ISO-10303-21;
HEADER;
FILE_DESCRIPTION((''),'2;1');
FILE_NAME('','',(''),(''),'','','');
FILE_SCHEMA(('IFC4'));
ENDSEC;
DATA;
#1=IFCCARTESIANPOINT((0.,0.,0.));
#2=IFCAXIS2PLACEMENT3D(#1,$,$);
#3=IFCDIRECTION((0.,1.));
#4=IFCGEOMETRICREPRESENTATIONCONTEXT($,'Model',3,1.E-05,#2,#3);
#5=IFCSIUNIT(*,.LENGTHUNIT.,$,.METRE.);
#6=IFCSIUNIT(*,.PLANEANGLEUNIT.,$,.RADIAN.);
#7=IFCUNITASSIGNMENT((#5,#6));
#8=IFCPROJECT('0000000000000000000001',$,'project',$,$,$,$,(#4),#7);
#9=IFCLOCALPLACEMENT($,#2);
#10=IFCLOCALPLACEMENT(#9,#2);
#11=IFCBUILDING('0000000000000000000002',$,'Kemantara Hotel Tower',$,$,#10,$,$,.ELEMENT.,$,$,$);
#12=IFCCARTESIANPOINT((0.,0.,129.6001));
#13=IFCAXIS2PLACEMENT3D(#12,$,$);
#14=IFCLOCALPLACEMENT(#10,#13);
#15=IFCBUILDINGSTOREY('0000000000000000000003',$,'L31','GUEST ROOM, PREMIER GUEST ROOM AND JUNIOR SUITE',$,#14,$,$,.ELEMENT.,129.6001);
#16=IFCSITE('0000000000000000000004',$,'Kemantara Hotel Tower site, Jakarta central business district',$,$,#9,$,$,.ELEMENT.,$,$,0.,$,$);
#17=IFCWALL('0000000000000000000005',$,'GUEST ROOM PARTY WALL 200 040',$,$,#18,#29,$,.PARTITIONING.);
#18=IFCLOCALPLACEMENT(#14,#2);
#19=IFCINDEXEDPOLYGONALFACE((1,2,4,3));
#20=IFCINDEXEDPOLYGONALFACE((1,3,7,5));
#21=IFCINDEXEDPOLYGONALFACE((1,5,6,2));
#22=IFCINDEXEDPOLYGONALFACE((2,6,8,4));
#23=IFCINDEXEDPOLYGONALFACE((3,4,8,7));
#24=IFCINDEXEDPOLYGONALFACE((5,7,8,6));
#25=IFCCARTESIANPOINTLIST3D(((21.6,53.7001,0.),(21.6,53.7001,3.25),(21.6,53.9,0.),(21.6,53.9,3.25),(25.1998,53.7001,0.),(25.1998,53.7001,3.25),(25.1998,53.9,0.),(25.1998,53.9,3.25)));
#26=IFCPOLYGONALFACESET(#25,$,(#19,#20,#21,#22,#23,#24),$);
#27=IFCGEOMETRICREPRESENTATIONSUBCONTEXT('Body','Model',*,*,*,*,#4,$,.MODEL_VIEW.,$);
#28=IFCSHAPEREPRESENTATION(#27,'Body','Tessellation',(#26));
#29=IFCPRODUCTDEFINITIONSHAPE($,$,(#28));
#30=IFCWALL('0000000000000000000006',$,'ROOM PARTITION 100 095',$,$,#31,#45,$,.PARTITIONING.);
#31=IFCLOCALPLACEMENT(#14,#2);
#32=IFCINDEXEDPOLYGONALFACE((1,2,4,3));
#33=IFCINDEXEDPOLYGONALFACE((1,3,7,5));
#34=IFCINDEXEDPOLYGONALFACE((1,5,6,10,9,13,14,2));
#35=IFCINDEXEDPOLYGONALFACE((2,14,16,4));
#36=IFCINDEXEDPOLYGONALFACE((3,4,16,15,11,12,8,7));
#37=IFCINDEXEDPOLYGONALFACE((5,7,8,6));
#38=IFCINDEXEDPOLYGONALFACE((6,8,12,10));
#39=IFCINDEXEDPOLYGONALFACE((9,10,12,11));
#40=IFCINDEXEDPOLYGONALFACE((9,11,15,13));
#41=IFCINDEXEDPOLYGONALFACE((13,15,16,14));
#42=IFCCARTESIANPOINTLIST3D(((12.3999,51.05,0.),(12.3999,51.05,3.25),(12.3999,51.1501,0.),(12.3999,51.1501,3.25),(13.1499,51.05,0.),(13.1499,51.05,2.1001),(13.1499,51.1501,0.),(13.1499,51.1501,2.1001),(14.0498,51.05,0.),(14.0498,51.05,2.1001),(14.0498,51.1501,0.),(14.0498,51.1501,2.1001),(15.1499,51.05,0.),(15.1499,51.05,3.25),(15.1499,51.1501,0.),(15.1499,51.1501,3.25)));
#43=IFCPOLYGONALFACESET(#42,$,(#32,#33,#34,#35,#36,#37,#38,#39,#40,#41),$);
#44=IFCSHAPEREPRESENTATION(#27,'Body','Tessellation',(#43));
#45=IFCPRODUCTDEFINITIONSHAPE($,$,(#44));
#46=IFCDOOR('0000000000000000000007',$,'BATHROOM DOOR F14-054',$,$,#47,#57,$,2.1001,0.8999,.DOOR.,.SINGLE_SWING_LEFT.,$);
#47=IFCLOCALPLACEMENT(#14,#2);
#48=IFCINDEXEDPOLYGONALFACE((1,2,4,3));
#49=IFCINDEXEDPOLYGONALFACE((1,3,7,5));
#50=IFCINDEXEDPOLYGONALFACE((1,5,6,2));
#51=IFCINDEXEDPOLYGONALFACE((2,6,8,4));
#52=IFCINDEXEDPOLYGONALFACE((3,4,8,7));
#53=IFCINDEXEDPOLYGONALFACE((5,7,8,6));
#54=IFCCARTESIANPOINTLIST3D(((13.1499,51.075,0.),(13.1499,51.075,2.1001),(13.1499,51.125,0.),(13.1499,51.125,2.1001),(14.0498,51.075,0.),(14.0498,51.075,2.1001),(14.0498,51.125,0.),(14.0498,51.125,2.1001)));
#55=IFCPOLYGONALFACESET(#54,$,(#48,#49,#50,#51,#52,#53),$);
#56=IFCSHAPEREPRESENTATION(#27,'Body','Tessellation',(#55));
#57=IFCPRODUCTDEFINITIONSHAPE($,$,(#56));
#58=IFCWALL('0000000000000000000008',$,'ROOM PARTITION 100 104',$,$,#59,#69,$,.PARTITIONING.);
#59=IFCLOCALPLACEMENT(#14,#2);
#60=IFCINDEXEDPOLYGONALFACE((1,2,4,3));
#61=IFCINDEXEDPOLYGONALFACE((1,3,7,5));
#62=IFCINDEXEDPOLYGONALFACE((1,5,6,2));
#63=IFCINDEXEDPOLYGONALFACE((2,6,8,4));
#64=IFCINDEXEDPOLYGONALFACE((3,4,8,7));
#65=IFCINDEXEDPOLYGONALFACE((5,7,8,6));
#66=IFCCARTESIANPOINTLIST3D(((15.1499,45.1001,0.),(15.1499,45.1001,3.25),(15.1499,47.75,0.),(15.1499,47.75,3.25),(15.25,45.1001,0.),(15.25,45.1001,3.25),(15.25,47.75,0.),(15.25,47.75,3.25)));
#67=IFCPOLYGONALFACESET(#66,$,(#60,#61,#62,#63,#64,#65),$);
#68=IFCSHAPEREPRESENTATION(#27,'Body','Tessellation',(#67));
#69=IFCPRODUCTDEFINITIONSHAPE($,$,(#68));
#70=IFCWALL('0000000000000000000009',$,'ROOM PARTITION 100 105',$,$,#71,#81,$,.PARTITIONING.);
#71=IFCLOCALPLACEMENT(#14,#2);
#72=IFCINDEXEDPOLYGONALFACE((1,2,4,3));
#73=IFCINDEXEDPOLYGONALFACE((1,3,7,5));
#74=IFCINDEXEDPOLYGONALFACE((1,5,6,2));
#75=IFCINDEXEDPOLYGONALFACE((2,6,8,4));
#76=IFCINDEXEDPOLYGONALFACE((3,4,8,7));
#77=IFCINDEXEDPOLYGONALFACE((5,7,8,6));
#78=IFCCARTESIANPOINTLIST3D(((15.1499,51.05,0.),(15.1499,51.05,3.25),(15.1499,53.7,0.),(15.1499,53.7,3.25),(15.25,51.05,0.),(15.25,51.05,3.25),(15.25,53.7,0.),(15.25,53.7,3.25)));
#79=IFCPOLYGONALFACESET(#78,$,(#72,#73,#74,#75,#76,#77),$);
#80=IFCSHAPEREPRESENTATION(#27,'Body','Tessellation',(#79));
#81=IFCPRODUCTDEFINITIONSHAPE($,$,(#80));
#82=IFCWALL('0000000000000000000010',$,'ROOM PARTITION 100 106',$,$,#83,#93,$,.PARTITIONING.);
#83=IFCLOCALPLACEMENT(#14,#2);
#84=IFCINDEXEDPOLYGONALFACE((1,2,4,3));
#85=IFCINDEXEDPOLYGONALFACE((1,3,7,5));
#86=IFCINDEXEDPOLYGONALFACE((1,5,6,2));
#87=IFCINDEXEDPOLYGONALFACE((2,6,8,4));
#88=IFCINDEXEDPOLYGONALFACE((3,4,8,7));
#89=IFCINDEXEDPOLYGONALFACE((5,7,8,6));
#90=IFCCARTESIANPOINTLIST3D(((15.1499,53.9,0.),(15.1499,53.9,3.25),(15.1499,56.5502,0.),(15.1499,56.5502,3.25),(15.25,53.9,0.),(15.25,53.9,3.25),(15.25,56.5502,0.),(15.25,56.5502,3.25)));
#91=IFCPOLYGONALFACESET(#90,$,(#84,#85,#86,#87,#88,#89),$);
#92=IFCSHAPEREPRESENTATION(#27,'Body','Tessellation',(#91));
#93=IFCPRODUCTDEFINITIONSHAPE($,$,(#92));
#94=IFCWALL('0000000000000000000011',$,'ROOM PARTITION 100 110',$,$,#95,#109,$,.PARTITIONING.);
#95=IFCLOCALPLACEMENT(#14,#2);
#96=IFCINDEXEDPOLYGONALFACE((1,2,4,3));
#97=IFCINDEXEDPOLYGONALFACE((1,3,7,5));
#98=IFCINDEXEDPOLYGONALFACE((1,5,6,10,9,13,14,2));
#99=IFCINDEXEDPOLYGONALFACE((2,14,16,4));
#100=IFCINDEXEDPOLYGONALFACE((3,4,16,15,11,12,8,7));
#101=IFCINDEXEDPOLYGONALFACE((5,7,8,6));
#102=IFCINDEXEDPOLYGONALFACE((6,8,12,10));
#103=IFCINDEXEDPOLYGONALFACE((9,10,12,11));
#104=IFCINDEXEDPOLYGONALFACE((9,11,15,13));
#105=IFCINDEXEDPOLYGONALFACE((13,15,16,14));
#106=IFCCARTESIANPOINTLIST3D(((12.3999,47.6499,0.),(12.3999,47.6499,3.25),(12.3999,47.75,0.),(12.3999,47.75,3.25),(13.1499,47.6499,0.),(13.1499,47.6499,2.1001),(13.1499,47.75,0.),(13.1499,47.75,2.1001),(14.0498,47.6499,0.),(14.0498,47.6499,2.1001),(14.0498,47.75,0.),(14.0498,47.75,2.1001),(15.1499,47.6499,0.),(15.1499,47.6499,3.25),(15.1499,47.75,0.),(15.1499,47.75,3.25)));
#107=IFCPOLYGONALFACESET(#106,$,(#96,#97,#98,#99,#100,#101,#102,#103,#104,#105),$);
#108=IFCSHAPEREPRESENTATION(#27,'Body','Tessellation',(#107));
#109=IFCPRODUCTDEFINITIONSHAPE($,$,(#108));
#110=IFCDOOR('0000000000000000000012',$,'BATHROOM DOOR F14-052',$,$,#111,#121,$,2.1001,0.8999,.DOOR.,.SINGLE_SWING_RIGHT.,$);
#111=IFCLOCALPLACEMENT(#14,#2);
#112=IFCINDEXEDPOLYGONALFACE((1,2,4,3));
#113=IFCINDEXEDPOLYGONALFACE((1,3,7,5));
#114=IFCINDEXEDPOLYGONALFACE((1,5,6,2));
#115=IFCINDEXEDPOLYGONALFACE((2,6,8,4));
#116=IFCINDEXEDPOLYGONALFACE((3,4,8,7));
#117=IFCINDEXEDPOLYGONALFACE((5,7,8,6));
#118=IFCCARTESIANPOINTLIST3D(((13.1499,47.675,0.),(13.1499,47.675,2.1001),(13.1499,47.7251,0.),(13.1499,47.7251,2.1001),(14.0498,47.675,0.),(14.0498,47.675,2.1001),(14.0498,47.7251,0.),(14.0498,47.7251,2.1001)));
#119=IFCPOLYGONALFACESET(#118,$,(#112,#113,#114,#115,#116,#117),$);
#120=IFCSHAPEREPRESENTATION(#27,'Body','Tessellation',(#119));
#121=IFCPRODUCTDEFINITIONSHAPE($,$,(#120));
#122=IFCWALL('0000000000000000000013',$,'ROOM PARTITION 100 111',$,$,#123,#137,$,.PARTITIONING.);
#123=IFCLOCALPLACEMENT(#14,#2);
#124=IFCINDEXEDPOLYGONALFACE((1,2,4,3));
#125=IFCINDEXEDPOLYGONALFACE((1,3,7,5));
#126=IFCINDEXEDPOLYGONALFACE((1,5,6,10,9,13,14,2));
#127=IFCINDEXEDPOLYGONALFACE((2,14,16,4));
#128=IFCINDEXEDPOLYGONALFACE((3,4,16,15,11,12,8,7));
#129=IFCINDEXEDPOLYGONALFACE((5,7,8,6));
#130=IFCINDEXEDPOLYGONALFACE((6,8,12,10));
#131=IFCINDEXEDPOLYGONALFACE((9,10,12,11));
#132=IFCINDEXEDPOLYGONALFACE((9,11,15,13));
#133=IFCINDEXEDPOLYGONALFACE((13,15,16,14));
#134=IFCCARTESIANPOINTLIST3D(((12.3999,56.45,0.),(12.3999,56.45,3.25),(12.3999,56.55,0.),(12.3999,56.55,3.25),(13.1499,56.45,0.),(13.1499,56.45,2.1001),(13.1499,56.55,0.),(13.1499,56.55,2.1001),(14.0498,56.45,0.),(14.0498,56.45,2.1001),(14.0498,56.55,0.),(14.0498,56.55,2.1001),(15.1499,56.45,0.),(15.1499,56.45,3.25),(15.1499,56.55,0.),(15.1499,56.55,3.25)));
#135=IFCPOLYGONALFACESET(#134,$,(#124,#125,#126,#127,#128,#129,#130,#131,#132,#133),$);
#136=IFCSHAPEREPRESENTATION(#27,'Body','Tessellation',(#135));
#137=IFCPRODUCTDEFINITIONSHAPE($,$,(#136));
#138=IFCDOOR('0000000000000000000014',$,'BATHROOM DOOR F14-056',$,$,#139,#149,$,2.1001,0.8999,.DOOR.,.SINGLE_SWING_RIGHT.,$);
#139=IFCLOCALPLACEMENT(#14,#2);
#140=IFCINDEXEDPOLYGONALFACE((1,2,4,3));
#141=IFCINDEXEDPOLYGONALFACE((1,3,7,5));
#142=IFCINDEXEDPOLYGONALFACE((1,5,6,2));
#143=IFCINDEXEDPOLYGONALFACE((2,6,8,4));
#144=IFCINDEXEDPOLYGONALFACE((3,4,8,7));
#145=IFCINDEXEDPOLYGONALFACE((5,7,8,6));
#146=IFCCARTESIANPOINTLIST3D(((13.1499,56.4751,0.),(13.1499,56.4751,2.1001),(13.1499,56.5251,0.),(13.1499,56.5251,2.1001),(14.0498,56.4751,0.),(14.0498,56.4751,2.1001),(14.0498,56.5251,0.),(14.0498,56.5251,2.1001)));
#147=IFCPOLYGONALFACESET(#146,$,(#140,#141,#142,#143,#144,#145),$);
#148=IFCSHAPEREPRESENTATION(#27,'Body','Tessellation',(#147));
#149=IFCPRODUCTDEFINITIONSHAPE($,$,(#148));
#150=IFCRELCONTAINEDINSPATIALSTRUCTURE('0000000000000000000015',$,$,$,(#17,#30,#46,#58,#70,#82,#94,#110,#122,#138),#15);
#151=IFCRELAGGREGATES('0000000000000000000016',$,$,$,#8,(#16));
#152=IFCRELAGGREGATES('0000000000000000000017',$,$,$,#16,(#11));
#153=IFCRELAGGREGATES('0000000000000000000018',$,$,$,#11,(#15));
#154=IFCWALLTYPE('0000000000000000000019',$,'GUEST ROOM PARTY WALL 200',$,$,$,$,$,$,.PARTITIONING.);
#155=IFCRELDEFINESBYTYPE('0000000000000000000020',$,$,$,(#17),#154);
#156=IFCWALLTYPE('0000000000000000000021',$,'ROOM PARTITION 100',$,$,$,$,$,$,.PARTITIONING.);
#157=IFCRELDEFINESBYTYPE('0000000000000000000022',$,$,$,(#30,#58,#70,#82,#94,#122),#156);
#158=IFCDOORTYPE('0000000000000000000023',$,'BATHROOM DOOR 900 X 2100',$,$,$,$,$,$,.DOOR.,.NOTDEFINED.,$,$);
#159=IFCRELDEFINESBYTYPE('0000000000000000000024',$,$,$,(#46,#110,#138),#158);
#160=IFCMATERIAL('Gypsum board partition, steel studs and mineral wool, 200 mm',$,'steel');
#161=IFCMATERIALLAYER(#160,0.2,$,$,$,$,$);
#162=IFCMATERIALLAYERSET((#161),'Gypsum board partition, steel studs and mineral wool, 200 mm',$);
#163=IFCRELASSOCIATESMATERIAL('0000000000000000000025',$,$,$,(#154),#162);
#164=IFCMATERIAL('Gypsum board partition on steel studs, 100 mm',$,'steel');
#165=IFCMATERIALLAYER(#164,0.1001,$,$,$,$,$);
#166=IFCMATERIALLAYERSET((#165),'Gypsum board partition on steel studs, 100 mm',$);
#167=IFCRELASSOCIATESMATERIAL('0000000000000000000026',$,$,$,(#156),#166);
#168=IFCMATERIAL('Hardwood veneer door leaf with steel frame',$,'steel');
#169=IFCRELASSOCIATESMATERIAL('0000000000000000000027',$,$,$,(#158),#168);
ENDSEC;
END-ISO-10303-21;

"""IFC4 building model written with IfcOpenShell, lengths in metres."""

from ifc_helpers import new_model, si_unit, direction, frame, frame_2d, origin, place, context, subcontext, project, spatial, rectangle, extrude, material, layer, layer_set, type_object, element, fill, save


model = new_model("IFC4")

# Units and contexts
model_context = context("Model", 3, precision=1e-05, world=origin(), true_north=direction((0.0, 1.0)))
body_context = subcontext(model_context, "Body", "Model", "MODEL_VIEW")
ifc_project = project(units=[si_unit("LENGTHUNIT", "METRE"), si_unit("PLANEANGLEUNIT", "RADIAN")], contexts=[model_context])

# Site, building, storey
site_placement = place(None, origin())
site = spatial("IfcSite", under=ifc_project, at=site_placement, Name="Kemantara Hotel Tower site, Jakarta central business district", CompositionType="ELEMENT", RefElevation=0.0)
building_placement = place(site_placement, origin())
building = spatial("IfcBuilding", under=site, at=building_placement, Name="Kemantara Hotel Tower", CompositionType="ELEMENT")
storey_placement = place(building_placement, frame((0.0, 0.0, 129.6001)))
storey = spatial("IfcBuildingStorey", under=building, at=storey_placement, Name="L31", Description="GUEST ROOM, PREMIER GUEST ROOM AND JUNIOR SUITE", CompositionType="ELEMENT", Elevation=129.6001)

# Wall
ifc_material_1 = material(Name="Gypsum board partition, steel studs and mineral wool, 200 mm", Category="steel")
ifc_layer_1 = layer(ifc_material_1, 0.2)
ifc_layer_set_1 = layer_set([ifc_layer_1], Name="Gypsum board partition, steel studs and mineral wool, 200 mm")
wall_type_1 = type_object("IfcWallType", Name="GUEST ROOM PARTY WALL 200", PredefinedType="PARTITIONING", material=ifc_layer_set_1)
wall_1_placement = place(storey_placement, frame((21.6001, 53.8, 0.0), z_axis=(0.0, 0.0, 1.0), x_axis=(1.0, 0.0, 0.0)))
element("IfcWall", 1, at=wall_1_placement, inside=storey, type_object=wall_type_1, Name="GUEST ROOM PARTY WALL 200 040", PredefinedType="PARTITIONING", context=body_context, shape_type="SweptSolid", body=[
    extrude(rectangle(XDim=3.5999, YDim=0.2, at=frame_2d((1.7998, 0.0))), origin(), (0.0, 0.0, 1.0), 3.25),
])

# Wall, opening, door
ifc_material_2 = material(Name="Gypsum board partition on steel studs, 100 mm", Category="steel")
ifc_layer_2 = layer(ifc_material_2, 0.1001)
ifc_layer_set_2 = layer_set([ifc_layer_2], Name="Gypsum board partition on steel studs, 100 mm")
wall_type_2 = type_object("IfcWallType", Name="ROOM PARTITION 100", PredefinedType="PARTITIONING", material=ifc_layer_set_2)
wall_2_placement = place(storey_placement, frame((12.3999, 51.1001, 0.0), z_axis=(0.0, 0.0, 1.0), x_axis=(1.0, 0.0, 0.0)))
wall_2 = element("IfcWall", 2, at=wall_2_placement, inside=storey, type_object=wall_type_2, Name="ROOM PARTITION 100 095", PredefinedType="PARTITIONING", context=body_context, shape_type="SweptSolid", body=[
    extrude(rectangle(XDim=2.75, YDim=0.1001, at=frame_2d((1.375, 0.0))), origin(), (0.0, 0.0, 1.0), 3.25),
])
opening_1_placement = place(wall_2_placement, frame((0.75, 0.0, 0.0)))
opening_1 = element("IfcOpeningElement", 3, at=opening_1_placement, cuts=wall_2, PredefinedType="OPENING", context=body_context, shape_type="SweptSolid", body=[
    extrude(rectangle(XDim=0.8999, YDim=2.1001, at=frame_2d((0.45, 1.05))), frame((0.0, 0.0601, 0.0), z_axis=(0.0, -1.0, 0.0), x_axis=(1.0, 0.0, 0.0)), (0.0, 0.0, 1.0), 0.1201),
])
ifc_material_3 = material(Name="Hardwood veneer door leaf with steel frame", Category="steel")
door_type = type_object("IfcDoorType", Name="BATHROOM DOOR 900 X 2100", OperationType="NOTDEFINED", PredefinedType="DOOR", material=ifc_material_3)
door_1_placement = place(opening_1_placement, origin())
door_1 = element("IfcDoor", 4, at=door_1_placement, inside=storey, type_object=door_type, Name="BATHROOM DOOR F14-054", OperationType="SINGLE_SWING_LEFT", OverallHeight=2.1001, OverallWidth=0.8999, PredefinedType="DOOR", context=body_context, shape_type="SweptSolid", body=[
    extrude(rectangle(XDim=0.8999, YDim=2.1001, at=frame_2d((0.45, 1.05))), frame((0.0, 0.0249, 0.0), z_axis=(0.0, -1.0, 0.0), x_axis=(1.0, 0.0, 0.0)), (0.0, 0.0, 1.0), 0.05),
])
fill(opening_1, door_1)

# Walls
for number, where, z_axis, x_axis, name in (
    (5, (15.2, 45.1001, 0.0), (0.0, 0.0, 1.0), (0.0, 1.0, 0.0), "ROOM PARTITION 100 104"),
    (6, (15.2, 51.05, 0.0), (0.0, 0.0, 1.0), (0.0, 1.0, 0.0), "ROOM PARTITION 100 105"),
):
    element("IfcWall", number, at=place(storey_placement, frame(where, z_axis=z_axis, x_axis=x_axis)), inside=storey, type_object=wall_type_2, Name=name, PredefinedType="PARTITIONING", context=body_context, shape_type="SweptSolid", body=[
        extrude(rectangle(XDim=2.6499, YDim=0.1001, at=frame_2d((1.325, 0.0))), origin(), (0.0, 0.0, 1.0), 3.25),
    ])
wall_3_placement = place(storey_placement, frame((15.2, 53.8999, 0.0), z_axis=(0.0, 0.0, 1.0), x_axis=(0.0, 1.0, 0.0)))
element("IfcWall", 7, at=wall_3_placement, inside=storey, type_object=wall_type_2, Name="ROOM PARTITION 100 106", PredefinedType="PARTITIONING", context=body_context, shape_type="SweptSolid", body=[
    extrude(rectangle(XDim=2.6501, YDim=0.1001, at=frame_2d((1.3252, 0.0))), origin(), (0.0, 0.0, 1.0), 3.25),
])

# Walls, openings, doors
wall_4_placement = place(storey_placement, frame((15.1499, 47.7, 0.0), z_axis=(0.0, 0.0, 1.0), x_axis=(-1.0, 0.0, 0.0)))
wall_4 = element("IfcWall", 8, at=wall_4_placement, inside=storey, type_object=wall_type_2, Name="ROOM PARTITION 100 110", PredefinedType="PARTITIONING", context=body_context, shape_type="SweptSolid", body=[
    extrude(rectangle(XDim=2.75, YDim=0.1001, at=frame_2d((1.375, 0.0))), origin(), (0.0, 0.0, 1.0), 3.25),
])
opening_2_placement = place(wall_4_placement, frame((1.1001, 0.0, 0.0)))
opening_2 = element("IfcOpeningElement", 9, at=opening_2_placement, cuts=wall_4, PredefinedType="OPENING", context=body_context, shape_type="SweptSolid", body=[
    extrude(rectangle(XDim=0.8999, YDim=2.1001, at=frame_2d((0.45, 1.05))), frame((0.0, 0.0601, 0.0), z_axis=(0.0, -1.0, 0.0), x_axis=(1.0, 0.0, 0.0)), (0.0, 0.0, 1.0), 0.1201),
])
door_2_placement = place(opening_2_placement, origin())
door_2 = element("IfcDoor", 10, at=door_2_placement, inside=storey, type_object=door_type, Name="BATHROOM DOOR F14-052", OperationType="SINGLE_SWING_RIGHT", OverallHeight=2.1001, OverallWidth=0.8999, PredefinedType="DOOR", context=body_context, shape_type="SweptSolid", body=[
    extrude(rectangle(XDim=0.8999, YDim=2.1001, at=frame_2d((0.45, 1.05))), frame((0.0, 0.0249, 0.0), z_axis=(0.0, -1.0, 0.0), x_axis=(1.0, 0.0, 0.0)), (0.0, 0.0, 1.0), 0.05),
])
fill(opening_2, door_2)
wall_5_placement = place(storey_placement, frame((15.1499, 56.5, 0.0), z_axis=(0.0, 0.0, 1.0), x_axis=(-1.0, 0.0, 0.0)))
wall_5 = element("IfcWall", 11, at=wall_5_placement, inside=storey, type_object=wall_type_2, Name="ROOM PARTITION 100 111", PredefinedType="PARTITIONING", context=body_context, shape_type="SweptSolid", body=[
    extrude(rectangle(XDim=2.75, YDim=0.1001, at=frame_2d((1.375, 0.0))), origin(), (0.0, 0.0, 1.0), 3.25),
])
opening_3_placement = place(wall_5_placement, frame((1.1001, 0.0, 0.0)))
opening_3 = element("IfcOpeningElement", 12, at=opening_3_placement, cuts=wall_5, PredefinedType="OPENING", context=body_context, shape_type="SweptSolid", body=[
    extrude(rectangle(XDim=0.8999, YDim=2.1001, at=frame_2d((0.45, 1.05))), frame((0.0, 0.0601, 0.0), z_axis=(0.0, -1.0, 0.0), x_axis=(1.0, 0.0, 0.0)), (0.0, 0.0, 1.0), 0.1201),
])
door_3_placement = place(opening_3_placement, origin())
door_3 = element("IfcDoor", 13, at=door_3_placement, inside=storey, type_object=door_type, Name="BATHROOM DOOR F14-056", OperationType="SINGLE_SWING_RIGHT", OverallHeight=2.1001, OverallWidth=0.8999, PredefinedType="DOOR", context=body_context, shape_type="SweptSolid", body=[
    extrude(rectangle(XDim=0.8999, YDim=2.1001, at=frame_2d((0.45, 1.05))), frame((0.0, 0.0249, 0.0), z_axis=(0.0, -1.0, 0.0), x_axis=(1.0, 0.0, 0.0)), (0.0, 0.0, 1.0), 0.05),
])
fill(opening_3, door_3)

save(model, "model.ifc")
